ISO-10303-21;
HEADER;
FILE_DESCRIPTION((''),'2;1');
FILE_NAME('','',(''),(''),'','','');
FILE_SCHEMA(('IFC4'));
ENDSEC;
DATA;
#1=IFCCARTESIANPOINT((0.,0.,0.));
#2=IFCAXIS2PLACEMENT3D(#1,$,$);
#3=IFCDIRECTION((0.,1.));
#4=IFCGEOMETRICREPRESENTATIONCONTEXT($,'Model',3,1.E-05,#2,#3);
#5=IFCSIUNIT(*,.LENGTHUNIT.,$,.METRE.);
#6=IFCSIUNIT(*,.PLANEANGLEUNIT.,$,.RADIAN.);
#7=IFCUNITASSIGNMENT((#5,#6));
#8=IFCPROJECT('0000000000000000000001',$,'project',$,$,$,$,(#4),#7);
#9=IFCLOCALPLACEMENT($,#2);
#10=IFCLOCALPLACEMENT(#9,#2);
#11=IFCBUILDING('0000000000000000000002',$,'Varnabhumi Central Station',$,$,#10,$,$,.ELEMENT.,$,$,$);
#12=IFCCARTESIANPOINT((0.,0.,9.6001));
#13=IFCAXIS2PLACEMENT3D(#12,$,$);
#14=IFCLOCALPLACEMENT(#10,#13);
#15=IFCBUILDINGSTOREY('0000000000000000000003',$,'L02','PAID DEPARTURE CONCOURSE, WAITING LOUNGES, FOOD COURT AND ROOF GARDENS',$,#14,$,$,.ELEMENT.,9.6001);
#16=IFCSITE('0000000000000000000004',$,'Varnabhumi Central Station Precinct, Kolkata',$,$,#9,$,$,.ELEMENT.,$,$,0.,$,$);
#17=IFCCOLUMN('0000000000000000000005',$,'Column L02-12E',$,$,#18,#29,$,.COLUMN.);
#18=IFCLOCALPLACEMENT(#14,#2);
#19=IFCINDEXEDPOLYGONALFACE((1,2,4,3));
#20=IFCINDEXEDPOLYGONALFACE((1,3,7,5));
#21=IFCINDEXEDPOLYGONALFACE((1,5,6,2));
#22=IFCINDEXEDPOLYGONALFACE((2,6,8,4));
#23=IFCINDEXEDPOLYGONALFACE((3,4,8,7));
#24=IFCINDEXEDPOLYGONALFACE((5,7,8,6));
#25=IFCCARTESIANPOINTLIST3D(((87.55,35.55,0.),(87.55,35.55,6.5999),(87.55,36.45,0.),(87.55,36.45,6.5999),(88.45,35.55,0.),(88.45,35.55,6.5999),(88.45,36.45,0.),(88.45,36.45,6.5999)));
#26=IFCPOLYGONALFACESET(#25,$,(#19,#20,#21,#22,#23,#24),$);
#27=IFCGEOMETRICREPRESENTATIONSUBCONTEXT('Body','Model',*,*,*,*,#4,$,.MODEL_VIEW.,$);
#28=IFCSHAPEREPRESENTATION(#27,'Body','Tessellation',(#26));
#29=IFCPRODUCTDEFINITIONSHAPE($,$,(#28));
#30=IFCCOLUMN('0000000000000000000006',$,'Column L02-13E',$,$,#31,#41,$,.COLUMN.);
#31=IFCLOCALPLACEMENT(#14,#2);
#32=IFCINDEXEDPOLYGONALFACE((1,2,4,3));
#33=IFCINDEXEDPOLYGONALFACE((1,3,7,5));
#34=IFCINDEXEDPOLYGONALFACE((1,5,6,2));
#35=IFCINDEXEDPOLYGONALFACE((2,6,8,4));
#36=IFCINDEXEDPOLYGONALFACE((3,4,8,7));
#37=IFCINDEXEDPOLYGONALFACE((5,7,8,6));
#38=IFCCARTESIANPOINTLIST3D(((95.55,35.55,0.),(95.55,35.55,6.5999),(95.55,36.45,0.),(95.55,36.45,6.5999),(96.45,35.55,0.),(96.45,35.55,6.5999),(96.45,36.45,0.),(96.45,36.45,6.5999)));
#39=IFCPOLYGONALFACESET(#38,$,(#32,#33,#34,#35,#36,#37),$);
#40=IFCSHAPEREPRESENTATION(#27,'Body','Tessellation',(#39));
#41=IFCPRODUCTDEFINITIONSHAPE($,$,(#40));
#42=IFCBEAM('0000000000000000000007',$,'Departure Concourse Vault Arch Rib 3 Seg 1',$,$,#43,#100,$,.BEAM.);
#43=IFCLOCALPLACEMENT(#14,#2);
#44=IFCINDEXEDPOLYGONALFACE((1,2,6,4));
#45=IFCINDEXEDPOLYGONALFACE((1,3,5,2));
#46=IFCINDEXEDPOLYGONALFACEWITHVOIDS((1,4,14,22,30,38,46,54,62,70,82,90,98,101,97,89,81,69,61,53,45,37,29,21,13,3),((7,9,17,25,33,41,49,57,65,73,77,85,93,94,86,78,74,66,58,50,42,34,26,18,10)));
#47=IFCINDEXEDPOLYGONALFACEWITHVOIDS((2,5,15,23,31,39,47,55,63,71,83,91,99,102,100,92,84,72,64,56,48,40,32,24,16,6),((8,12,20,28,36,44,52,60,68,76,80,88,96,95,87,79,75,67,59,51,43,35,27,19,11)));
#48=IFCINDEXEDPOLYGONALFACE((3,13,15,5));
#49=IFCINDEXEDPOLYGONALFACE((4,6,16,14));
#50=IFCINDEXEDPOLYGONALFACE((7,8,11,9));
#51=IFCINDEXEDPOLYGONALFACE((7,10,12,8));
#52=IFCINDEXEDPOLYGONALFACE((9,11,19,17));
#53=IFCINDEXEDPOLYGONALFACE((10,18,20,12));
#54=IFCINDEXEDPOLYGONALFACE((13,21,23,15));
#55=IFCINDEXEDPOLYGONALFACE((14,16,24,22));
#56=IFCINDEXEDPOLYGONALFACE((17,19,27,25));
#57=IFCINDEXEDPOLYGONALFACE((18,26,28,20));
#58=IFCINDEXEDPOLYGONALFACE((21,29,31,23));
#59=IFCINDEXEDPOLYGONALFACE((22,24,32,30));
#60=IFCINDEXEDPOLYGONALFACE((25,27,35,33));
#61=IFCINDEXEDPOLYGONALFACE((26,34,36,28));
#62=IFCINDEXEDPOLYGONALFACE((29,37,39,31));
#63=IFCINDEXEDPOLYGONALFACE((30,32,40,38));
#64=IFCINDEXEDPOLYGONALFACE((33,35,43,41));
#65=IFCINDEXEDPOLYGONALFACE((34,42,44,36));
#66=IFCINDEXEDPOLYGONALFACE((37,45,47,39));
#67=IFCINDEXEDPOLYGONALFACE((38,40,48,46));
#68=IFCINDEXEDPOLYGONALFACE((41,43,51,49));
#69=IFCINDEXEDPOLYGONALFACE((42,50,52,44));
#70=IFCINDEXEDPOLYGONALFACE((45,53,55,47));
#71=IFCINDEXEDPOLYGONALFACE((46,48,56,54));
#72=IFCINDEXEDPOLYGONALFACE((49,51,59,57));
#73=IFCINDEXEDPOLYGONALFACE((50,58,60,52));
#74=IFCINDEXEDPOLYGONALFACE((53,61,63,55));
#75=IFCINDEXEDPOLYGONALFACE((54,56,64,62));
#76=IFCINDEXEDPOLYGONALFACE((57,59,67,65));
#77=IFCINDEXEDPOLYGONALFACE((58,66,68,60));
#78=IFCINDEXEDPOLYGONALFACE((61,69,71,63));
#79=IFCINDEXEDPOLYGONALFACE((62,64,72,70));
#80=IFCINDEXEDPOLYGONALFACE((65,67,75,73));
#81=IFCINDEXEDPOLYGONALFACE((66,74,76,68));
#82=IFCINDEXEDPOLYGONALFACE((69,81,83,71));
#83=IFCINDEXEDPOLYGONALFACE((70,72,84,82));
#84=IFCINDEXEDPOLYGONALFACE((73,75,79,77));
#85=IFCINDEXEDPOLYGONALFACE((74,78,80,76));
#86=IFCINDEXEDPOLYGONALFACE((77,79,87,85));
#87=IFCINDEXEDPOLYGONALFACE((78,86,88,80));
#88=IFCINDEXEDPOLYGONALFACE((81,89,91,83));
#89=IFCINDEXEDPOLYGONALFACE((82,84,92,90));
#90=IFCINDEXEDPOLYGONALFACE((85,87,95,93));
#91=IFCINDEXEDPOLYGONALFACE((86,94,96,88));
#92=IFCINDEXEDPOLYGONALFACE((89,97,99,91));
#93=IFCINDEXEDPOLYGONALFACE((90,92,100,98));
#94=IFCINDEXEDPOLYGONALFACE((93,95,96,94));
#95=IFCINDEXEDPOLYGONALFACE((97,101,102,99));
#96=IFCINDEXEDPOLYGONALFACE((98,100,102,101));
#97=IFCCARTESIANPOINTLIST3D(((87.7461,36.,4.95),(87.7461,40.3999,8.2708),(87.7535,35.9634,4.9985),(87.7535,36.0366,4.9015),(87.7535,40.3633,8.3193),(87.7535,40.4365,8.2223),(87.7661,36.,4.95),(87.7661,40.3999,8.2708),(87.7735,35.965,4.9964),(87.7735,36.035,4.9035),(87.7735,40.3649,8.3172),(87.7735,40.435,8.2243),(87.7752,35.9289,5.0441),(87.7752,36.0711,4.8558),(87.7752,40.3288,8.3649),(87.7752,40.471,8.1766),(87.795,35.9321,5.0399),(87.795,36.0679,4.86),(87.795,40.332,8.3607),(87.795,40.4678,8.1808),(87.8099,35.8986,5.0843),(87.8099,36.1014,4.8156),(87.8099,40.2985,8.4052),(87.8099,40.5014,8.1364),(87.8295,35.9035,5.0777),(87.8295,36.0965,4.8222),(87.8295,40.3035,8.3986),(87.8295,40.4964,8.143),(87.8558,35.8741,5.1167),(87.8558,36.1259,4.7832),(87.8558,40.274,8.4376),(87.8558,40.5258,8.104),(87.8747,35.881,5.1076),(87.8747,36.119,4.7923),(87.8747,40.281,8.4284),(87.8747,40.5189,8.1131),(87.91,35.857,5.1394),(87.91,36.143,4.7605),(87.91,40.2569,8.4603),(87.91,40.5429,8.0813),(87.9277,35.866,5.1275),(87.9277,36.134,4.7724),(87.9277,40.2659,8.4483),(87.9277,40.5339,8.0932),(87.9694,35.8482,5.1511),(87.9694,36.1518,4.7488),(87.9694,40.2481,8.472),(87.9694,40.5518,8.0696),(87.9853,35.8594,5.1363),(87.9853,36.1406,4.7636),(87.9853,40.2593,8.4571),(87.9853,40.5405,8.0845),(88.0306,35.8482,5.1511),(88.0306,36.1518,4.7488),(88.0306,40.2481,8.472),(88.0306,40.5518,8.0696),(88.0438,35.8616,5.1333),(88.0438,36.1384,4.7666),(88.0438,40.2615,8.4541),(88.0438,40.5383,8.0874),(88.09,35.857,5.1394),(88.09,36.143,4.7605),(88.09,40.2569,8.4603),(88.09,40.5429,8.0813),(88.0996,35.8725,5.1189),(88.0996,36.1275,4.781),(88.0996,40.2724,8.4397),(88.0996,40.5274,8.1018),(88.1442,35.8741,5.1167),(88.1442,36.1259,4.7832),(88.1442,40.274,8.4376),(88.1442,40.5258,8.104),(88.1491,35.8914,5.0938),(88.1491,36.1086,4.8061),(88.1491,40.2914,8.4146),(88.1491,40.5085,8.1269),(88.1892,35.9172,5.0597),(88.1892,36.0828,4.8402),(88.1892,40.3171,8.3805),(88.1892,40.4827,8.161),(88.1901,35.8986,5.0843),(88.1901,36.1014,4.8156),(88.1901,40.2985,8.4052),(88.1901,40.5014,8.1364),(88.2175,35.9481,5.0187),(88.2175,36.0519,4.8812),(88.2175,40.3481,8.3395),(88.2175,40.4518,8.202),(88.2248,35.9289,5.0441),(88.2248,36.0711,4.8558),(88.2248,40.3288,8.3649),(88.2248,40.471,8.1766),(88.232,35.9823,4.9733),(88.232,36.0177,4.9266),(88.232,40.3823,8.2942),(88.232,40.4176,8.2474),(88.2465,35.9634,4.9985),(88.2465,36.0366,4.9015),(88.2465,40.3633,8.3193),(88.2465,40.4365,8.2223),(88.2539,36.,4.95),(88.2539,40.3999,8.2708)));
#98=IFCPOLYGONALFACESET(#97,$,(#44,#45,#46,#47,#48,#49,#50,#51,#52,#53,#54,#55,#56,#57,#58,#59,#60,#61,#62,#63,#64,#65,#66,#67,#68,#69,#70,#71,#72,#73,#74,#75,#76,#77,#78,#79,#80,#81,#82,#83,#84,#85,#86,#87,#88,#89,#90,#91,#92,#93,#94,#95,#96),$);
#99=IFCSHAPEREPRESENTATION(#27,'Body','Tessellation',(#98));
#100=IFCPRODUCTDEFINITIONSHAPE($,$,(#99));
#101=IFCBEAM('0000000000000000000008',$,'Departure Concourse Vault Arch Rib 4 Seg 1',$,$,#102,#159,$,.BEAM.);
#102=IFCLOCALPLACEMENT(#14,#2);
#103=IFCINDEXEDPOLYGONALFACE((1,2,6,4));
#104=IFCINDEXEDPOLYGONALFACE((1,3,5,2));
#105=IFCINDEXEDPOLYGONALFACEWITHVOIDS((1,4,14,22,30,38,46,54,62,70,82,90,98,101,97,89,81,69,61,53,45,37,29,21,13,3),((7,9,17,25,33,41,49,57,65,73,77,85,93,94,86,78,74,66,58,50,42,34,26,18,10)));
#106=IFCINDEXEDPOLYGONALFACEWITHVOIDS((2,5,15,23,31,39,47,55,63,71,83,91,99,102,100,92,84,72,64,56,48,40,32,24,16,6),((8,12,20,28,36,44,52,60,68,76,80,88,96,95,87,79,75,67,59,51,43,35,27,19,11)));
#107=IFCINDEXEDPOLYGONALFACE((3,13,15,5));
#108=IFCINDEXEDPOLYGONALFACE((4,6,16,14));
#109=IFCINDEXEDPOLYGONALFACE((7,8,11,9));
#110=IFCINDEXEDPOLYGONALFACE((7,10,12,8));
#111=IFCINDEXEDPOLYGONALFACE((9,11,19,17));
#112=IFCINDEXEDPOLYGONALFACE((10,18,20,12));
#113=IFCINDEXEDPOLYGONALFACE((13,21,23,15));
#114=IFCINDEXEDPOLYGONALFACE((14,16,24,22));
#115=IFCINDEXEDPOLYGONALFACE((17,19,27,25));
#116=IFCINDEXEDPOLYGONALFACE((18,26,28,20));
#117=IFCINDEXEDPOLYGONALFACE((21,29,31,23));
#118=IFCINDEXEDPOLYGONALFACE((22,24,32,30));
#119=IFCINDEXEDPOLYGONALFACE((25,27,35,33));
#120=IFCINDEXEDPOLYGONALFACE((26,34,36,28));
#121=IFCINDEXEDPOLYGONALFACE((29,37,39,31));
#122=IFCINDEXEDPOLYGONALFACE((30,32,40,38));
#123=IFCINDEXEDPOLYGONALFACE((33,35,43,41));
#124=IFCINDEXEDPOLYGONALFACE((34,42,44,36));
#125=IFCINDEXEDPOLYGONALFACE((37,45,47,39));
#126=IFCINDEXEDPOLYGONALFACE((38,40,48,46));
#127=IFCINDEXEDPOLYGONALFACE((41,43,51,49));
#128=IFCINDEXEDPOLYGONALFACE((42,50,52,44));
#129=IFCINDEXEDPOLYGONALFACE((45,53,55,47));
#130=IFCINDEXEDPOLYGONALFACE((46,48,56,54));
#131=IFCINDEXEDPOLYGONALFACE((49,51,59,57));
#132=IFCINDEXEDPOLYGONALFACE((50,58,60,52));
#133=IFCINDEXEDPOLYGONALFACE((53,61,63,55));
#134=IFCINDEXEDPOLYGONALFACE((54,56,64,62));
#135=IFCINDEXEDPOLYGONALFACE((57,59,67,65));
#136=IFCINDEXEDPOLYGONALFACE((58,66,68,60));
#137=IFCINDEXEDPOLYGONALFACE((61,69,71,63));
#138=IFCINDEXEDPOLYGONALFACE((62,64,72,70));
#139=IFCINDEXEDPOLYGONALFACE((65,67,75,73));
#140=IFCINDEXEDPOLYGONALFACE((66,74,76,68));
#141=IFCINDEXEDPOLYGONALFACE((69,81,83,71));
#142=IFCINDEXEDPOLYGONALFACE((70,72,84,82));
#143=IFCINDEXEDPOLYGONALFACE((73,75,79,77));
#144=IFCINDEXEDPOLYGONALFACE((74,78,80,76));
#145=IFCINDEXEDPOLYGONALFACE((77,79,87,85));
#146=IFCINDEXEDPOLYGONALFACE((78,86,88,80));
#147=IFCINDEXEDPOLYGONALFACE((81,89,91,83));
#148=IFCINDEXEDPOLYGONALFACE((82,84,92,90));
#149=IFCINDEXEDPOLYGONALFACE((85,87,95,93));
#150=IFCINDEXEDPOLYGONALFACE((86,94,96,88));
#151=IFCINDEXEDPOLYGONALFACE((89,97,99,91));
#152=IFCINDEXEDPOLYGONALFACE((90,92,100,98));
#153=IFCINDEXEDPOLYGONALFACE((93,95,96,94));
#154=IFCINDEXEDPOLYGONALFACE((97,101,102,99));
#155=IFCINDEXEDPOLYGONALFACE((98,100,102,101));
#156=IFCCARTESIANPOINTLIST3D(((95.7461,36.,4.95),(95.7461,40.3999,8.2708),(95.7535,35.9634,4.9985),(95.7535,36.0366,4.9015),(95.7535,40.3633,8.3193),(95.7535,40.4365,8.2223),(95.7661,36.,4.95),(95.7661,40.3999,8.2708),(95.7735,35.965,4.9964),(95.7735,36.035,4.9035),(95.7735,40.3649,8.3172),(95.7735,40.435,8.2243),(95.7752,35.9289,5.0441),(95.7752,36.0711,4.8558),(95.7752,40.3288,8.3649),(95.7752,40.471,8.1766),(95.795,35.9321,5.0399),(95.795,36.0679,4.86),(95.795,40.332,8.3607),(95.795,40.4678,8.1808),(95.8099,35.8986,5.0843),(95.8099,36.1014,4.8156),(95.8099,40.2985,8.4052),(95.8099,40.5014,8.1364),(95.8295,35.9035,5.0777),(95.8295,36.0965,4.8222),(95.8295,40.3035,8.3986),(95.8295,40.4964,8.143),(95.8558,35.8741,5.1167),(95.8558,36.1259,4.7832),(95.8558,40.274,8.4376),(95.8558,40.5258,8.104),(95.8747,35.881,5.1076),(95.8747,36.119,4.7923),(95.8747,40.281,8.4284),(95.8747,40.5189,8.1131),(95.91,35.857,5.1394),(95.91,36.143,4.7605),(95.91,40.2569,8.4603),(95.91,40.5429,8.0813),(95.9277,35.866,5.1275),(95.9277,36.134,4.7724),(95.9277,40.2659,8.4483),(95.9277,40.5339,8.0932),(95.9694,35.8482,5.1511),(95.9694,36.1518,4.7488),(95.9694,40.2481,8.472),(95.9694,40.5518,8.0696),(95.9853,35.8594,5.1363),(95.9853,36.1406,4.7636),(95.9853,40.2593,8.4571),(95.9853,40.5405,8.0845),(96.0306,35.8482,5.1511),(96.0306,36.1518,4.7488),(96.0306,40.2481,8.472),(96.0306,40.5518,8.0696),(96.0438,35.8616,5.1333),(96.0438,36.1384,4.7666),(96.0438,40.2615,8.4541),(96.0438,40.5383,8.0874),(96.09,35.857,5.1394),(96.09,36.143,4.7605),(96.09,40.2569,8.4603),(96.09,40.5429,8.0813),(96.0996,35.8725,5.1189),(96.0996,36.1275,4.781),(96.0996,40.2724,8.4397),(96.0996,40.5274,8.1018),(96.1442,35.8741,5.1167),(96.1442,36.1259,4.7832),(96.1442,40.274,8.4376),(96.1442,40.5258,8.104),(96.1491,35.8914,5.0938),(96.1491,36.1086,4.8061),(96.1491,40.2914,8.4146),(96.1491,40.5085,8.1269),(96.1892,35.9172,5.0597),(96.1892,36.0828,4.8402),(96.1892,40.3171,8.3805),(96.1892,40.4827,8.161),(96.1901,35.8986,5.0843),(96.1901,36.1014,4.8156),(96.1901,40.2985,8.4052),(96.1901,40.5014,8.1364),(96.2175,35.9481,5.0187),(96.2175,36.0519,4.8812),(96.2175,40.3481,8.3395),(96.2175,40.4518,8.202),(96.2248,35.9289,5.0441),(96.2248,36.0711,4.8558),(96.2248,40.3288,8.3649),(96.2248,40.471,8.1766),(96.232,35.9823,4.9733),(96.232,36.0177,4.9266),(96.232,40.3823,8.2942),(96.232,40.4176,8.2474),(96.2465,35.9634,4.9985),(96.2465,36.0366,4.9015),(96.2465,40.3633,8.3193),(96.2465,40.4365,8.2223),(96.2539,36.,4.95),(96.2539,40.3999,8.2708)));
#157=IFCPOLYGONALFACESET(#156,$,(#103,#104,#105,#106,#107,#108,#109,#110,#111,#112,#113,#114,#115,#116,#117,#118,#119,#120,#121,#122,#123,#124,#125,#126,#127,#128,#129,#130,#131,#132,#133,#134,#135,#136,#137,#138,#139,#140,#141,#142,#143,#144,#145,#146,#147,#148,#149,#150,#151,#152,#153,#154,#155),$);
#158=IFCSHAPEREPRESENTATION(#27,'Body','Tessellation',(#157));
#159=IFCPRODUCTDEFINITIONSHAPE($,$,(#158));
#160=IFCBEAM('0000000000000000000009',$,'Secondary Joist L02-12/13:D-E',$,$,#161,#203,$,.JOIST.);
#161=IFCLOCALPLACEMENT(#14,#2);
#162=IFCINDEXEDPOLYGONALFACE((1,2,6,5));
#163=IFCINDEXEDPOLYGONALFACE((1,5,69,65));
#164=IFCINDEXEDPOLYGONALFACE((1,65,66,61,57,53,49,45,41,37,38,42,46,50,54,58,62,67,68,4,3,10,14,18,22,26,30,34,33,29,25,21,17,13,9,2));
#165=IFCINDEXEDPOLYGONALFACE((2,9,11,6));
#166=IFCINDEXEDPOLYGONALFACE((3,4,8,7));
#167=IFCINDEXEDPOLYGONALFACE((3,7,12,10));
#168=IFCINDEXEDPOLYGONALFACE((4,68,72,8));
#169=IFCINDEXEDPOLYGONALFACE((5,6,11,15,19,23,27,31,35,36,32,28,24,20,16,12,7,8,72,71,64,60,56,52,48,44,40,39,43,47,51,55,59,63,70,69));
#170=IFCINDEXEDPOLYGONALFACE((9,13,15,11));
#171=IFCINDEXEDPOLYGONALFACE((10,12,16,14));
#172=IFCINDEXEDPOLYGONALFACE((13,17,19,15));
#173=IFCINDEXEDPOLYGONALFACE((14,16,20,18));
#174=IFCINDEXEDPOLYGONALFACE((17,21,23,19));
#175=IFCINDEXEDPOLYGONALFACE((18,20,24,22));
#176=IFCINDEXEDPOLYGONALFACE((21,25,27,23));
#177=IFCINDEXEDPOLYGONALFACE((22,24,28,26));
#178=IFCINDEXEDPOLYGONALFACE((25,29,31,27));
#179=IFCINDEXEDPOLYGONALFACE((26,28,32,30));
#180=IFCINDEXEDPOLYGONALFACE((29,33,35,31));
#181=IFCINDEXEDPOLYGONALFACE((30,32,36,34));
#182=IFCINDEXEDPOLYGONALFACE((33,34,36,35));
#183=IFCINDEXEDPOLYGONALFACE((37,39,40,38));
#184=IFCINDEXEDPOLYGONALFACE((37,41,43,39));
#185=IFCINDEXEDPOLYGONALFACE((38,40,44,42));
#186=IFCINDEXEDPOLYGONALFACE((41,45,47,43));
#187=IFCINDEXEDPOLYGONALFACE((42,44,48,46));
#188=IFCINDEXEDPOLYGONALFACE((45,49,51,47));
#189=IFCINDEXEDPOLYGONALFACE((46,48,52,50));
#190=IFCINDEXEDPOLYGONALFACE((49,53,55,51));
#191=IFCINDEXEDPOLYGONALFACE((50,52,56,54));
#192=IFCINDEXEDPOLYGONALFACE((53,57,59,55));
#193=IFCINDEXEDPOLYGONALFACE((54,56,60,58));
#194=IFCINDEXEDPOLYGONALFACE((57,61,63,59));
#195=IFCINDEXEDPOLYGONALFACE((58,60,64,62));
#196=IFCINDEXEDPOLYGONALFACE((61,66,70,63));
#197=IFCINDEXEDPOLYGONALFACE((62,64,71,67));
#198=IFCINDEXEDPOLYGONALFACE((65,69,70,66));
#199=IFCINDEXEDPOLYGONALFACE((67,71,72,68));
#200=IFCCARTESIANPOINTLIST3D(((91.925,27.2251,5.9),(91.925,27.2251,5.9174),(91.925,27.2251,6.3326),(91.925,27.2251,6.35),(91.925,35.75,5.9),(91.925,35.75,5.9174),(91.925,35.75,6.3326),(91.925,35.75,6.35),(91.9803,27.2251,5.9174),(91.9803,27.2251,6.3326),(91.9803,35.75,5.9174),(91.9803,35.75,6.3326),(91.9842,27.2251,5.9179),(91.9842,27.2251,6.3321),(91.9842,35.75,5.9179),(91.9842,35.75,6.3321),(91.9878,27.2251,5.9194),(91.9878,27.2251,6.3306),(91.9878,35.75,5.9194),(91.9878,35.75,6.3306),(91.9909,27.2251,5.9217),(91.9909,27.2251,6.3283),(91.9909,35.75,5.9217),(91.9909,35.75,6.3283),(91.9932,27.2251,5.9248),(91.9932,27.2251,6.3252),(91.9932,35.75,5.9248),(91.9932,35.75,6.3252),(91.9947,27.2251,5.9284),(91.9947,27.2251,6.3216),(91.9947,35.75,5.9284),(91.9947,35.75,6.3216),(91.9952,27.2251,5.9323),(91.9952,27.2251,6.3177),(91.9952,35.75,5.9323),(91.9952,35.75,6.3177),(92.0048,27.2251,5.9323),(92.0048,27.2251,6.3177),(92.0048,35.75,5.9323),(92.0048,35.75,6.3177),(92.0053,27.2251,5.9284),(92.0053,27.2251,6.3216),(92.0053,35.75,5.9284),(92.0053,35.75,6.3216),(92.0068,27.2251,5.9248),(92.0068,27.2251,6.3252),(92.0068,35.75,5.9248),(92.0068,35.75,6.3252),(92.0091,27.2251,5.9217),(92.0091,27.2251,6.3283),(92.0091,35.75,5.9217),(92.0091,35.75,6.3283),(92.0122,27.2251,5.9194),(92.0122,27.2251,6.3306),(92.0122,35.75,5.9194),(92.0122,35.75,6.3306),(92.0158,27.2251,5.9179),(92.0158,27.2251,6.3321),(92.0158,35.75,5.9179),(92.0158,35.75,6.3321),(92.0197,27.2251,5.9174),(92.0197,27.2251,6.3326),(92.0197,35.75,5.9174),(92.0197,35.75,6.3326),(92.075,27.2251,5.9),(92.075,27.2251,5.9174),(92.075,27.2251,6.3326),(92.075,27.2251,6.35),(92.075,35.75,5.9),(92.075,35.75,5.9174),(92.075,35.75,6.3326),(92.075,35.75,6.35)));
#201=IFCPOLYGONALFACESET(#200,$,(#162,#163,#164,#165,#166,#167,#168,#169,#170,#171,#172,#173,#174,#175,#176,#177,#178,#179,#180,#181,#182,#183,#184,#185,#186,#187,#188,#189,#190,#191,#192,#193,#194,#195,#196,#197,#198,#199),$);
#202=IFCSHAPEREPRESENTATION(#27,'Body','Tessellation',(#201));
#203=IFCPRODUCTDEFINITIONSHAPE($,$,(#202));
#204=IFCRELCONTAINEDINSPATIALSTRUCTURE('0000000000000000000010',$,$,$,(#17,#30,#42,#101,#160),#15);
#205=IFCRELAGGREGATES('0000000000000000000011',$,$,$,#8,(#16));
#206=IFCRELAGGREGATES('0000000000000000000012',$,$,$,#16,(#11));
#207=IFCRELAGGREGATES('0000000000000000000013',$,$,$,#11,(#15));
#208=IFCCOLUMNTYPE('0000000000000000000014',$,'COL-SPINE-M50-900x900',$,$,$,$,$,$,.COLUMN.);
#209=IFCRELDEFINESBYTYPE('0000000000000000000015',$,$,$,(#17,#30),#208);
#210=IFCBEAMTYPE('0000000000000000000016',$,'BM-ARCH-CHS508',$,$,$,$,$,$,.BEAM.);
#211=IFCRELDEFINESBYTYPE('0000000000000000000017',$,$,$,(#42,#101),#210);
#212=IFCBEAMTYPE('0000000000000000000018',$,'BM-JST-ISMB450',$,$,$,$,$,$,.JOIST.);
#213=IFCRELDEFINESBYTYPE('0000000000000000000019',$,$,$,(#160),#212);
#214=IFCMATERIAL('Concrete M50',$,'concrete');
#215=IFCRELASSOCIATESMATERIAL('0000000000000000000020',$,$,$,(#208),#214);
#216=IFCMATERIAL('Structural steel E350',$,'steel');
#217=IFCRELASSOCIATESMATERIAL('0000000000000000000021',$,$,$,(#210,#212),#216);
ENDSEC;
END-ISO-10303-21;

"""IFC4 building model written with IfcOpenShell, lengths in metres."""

from ifc_helpers import new_model, si_unit, direction, frame, origin, origin_2d, place, context, subcontext, project, spatial, rectangle, hollow_circle, i_section, extrude, material, material_profile, profile_set, type_object, element, save


model = new_model("IFC4")

# Units and contexts
model_context = context("Model", 3, precision=1e-05, world=origin(), true_north=direction((0.0, 1.0)))
body_context = subcontext(model_context, "Body", "Model", "MODEL_VIEW")
ifc_project = project(units=[si_unit("LENGTHUNIT", "METRE"), si_unit("PLANEANGLEUNIT", "RADIAN")], contexts=[model_context])

# Site, building, storey
site_placement = place(None, origin())
site = spatial("IfcSite", under=ifc_project, at=site_placement, Name="Varnabhumi Central Station Precinct, Kolkata", CompositionType="ELEMENT", RefElevation=0.0)
building_placement = place(site_placement, origin())
building = spatial("IfcBuilding", under=site, at=building_placement, Name="Varnabhumi Central Station", CompositionType="ELEMENT")
storey_placement = place(building_placement, frame((0.0, 0.0, 9.6001)))
storey = spatial("IfcBuildingStorey", under=building, at=storey_placement, Name="L02", Description="PAID DEPARTURE CONCOURSE, WAITING LOUNGES, FOOD COURT AND ROOF GARDENS", CompositionType="ELEMENT", Elevation=9.6001)

# Columns
ifc_material_1 = material(Name="Concrete M50", Category="concrete")
ifc_material_profile_1 = material_profile(ifc_material_1, rectangle(XDim=0.8999, YDim=0.8999, at=origin_2d()), Name="Concrete M50", Category="concrete")
ifc_profile_set_1 = profile_set([ifc_material_profile_1], Name="Concrete M50")
column_type = type_object("IfcColumnType", Name="COL-SPINE-M50-900x900", PredefinedType="COLUMN", material=ifc_profile_set_1)
for number, where, z_axis, x_axis, name in (
    (1, (88.0, 36.0, 0.0), (0.0, 0.0, 1.0), (1.0, 0.0, 0.0), "Column L02-12E"),
    (2, (96.0, 36.0, 0.0), (0.0, 0.0, 1.0), (1.0, 0.0, 0.0), "Column L02-13E"),
):
    element("IfcColumn", number, at=place(storey_placement, frame(where, z_axis=z_axis, x_axis=x_axis)), inside=storey, type_object=column_type, Name=name, PredefinedType="COLUMN", context=body_context, shape_type="SweptSolid", body=[
        extrude(rectangle(XDim=0.8999, YDim=0.8999, at=origin_2d()), origin(), (0.0, 0.0, 1.0), 6.5999),
    ])

# Beams
ifc_material_2 = material(Name="Structural steel E350", Category="steel")
ifc_material_profile_2 = material_profile(ifc_material_2, hollow_circle(Radius=0.2539, WallThickness=0.02, at=origin_2d()), Name="Structural steel E350", Category="steel")
ifc_profile_set_2 = profile_set([ifc_material_profile_2], Name="Structural steel E350")
beam_type_1 = type_object("IfcBeamType", Name="BM-ARCH-CHS508", PredefinedType="BEAM", material=ifc_profile_set_2)
for number, where, z_axis, x_axis, name in (
    (3, (88.0, 36.0, 4.95), (0.0, 0.798179, 0.602421), (-1.0, 0.0, 0.0), "Departure Concourse Vault Arch Rib 3 Seg 1"),
    (4, (96.0, 36.0, 4.95), (0.0, 0.798179, 0.602421), (-1.0, 0.0, 0.0), "Departure Concourse Vault Arch Rib 4 Seg 1"),
):
    element("IfcBeam", number, at=place(storey_placement, frame(where, z_axis=z_axis, x_axis=x_axis)), inside=storey, type_object=beam_type_1, Name=name, PredefinedType="BEAM", context=body_context, shape_type="SweptSolid", body=[
        extrude(hollow_circle(Radius=0.2539, WallThickness=0.02, at=origin_2d()), origin(), (0.0, 0.0, 1.0), 5.5125),
    ])
ifc_material_profile_3 = material_profile(ifc_material_2, i_section(OverallWidth=0.1499, OverallDepth=0.45, WebThickness=0.0095, FlangeThickness=0.0173, FilletRadius=0.0149, at=origin_2d()), Name="Structural steel E350", Category="steel")
ifc_profile_set_3 = profile_set([ifc_material_profile_3], Name="Structural steel E350")
beam_type_2 = type_object("IfcBeamType", Name="BM-JST-ISMB450", PredefinedType="JOIST", material=ifc_profile_set_3)
beam_1_placement = place(storey_placement, frame((92.0, 27.2251, 6.125), z_axis=(0.0, 1.0, 0.0), x_axis=(-1.0, 0.0, 0.0)))
element("IfcBeam", 5, at=beam_1_placement, inside=storey, type_object=beam_type_2, Name="Secondary Joist L02-12/13:D-E", PredefinedType="JOIST", context=body_context, shape_type="SweptSolid", body=[
    extrude(i_section(OverallWidth=0.1499, OverallDepth=0.45, WebThickness=0.0095, FlangeThickness=0.0173, FilletRadius=0.0149, at=origin_2d()), origin(), (0.0, 0.0, 1.0), 8.5249),
])

save(model, "model.ifc")
